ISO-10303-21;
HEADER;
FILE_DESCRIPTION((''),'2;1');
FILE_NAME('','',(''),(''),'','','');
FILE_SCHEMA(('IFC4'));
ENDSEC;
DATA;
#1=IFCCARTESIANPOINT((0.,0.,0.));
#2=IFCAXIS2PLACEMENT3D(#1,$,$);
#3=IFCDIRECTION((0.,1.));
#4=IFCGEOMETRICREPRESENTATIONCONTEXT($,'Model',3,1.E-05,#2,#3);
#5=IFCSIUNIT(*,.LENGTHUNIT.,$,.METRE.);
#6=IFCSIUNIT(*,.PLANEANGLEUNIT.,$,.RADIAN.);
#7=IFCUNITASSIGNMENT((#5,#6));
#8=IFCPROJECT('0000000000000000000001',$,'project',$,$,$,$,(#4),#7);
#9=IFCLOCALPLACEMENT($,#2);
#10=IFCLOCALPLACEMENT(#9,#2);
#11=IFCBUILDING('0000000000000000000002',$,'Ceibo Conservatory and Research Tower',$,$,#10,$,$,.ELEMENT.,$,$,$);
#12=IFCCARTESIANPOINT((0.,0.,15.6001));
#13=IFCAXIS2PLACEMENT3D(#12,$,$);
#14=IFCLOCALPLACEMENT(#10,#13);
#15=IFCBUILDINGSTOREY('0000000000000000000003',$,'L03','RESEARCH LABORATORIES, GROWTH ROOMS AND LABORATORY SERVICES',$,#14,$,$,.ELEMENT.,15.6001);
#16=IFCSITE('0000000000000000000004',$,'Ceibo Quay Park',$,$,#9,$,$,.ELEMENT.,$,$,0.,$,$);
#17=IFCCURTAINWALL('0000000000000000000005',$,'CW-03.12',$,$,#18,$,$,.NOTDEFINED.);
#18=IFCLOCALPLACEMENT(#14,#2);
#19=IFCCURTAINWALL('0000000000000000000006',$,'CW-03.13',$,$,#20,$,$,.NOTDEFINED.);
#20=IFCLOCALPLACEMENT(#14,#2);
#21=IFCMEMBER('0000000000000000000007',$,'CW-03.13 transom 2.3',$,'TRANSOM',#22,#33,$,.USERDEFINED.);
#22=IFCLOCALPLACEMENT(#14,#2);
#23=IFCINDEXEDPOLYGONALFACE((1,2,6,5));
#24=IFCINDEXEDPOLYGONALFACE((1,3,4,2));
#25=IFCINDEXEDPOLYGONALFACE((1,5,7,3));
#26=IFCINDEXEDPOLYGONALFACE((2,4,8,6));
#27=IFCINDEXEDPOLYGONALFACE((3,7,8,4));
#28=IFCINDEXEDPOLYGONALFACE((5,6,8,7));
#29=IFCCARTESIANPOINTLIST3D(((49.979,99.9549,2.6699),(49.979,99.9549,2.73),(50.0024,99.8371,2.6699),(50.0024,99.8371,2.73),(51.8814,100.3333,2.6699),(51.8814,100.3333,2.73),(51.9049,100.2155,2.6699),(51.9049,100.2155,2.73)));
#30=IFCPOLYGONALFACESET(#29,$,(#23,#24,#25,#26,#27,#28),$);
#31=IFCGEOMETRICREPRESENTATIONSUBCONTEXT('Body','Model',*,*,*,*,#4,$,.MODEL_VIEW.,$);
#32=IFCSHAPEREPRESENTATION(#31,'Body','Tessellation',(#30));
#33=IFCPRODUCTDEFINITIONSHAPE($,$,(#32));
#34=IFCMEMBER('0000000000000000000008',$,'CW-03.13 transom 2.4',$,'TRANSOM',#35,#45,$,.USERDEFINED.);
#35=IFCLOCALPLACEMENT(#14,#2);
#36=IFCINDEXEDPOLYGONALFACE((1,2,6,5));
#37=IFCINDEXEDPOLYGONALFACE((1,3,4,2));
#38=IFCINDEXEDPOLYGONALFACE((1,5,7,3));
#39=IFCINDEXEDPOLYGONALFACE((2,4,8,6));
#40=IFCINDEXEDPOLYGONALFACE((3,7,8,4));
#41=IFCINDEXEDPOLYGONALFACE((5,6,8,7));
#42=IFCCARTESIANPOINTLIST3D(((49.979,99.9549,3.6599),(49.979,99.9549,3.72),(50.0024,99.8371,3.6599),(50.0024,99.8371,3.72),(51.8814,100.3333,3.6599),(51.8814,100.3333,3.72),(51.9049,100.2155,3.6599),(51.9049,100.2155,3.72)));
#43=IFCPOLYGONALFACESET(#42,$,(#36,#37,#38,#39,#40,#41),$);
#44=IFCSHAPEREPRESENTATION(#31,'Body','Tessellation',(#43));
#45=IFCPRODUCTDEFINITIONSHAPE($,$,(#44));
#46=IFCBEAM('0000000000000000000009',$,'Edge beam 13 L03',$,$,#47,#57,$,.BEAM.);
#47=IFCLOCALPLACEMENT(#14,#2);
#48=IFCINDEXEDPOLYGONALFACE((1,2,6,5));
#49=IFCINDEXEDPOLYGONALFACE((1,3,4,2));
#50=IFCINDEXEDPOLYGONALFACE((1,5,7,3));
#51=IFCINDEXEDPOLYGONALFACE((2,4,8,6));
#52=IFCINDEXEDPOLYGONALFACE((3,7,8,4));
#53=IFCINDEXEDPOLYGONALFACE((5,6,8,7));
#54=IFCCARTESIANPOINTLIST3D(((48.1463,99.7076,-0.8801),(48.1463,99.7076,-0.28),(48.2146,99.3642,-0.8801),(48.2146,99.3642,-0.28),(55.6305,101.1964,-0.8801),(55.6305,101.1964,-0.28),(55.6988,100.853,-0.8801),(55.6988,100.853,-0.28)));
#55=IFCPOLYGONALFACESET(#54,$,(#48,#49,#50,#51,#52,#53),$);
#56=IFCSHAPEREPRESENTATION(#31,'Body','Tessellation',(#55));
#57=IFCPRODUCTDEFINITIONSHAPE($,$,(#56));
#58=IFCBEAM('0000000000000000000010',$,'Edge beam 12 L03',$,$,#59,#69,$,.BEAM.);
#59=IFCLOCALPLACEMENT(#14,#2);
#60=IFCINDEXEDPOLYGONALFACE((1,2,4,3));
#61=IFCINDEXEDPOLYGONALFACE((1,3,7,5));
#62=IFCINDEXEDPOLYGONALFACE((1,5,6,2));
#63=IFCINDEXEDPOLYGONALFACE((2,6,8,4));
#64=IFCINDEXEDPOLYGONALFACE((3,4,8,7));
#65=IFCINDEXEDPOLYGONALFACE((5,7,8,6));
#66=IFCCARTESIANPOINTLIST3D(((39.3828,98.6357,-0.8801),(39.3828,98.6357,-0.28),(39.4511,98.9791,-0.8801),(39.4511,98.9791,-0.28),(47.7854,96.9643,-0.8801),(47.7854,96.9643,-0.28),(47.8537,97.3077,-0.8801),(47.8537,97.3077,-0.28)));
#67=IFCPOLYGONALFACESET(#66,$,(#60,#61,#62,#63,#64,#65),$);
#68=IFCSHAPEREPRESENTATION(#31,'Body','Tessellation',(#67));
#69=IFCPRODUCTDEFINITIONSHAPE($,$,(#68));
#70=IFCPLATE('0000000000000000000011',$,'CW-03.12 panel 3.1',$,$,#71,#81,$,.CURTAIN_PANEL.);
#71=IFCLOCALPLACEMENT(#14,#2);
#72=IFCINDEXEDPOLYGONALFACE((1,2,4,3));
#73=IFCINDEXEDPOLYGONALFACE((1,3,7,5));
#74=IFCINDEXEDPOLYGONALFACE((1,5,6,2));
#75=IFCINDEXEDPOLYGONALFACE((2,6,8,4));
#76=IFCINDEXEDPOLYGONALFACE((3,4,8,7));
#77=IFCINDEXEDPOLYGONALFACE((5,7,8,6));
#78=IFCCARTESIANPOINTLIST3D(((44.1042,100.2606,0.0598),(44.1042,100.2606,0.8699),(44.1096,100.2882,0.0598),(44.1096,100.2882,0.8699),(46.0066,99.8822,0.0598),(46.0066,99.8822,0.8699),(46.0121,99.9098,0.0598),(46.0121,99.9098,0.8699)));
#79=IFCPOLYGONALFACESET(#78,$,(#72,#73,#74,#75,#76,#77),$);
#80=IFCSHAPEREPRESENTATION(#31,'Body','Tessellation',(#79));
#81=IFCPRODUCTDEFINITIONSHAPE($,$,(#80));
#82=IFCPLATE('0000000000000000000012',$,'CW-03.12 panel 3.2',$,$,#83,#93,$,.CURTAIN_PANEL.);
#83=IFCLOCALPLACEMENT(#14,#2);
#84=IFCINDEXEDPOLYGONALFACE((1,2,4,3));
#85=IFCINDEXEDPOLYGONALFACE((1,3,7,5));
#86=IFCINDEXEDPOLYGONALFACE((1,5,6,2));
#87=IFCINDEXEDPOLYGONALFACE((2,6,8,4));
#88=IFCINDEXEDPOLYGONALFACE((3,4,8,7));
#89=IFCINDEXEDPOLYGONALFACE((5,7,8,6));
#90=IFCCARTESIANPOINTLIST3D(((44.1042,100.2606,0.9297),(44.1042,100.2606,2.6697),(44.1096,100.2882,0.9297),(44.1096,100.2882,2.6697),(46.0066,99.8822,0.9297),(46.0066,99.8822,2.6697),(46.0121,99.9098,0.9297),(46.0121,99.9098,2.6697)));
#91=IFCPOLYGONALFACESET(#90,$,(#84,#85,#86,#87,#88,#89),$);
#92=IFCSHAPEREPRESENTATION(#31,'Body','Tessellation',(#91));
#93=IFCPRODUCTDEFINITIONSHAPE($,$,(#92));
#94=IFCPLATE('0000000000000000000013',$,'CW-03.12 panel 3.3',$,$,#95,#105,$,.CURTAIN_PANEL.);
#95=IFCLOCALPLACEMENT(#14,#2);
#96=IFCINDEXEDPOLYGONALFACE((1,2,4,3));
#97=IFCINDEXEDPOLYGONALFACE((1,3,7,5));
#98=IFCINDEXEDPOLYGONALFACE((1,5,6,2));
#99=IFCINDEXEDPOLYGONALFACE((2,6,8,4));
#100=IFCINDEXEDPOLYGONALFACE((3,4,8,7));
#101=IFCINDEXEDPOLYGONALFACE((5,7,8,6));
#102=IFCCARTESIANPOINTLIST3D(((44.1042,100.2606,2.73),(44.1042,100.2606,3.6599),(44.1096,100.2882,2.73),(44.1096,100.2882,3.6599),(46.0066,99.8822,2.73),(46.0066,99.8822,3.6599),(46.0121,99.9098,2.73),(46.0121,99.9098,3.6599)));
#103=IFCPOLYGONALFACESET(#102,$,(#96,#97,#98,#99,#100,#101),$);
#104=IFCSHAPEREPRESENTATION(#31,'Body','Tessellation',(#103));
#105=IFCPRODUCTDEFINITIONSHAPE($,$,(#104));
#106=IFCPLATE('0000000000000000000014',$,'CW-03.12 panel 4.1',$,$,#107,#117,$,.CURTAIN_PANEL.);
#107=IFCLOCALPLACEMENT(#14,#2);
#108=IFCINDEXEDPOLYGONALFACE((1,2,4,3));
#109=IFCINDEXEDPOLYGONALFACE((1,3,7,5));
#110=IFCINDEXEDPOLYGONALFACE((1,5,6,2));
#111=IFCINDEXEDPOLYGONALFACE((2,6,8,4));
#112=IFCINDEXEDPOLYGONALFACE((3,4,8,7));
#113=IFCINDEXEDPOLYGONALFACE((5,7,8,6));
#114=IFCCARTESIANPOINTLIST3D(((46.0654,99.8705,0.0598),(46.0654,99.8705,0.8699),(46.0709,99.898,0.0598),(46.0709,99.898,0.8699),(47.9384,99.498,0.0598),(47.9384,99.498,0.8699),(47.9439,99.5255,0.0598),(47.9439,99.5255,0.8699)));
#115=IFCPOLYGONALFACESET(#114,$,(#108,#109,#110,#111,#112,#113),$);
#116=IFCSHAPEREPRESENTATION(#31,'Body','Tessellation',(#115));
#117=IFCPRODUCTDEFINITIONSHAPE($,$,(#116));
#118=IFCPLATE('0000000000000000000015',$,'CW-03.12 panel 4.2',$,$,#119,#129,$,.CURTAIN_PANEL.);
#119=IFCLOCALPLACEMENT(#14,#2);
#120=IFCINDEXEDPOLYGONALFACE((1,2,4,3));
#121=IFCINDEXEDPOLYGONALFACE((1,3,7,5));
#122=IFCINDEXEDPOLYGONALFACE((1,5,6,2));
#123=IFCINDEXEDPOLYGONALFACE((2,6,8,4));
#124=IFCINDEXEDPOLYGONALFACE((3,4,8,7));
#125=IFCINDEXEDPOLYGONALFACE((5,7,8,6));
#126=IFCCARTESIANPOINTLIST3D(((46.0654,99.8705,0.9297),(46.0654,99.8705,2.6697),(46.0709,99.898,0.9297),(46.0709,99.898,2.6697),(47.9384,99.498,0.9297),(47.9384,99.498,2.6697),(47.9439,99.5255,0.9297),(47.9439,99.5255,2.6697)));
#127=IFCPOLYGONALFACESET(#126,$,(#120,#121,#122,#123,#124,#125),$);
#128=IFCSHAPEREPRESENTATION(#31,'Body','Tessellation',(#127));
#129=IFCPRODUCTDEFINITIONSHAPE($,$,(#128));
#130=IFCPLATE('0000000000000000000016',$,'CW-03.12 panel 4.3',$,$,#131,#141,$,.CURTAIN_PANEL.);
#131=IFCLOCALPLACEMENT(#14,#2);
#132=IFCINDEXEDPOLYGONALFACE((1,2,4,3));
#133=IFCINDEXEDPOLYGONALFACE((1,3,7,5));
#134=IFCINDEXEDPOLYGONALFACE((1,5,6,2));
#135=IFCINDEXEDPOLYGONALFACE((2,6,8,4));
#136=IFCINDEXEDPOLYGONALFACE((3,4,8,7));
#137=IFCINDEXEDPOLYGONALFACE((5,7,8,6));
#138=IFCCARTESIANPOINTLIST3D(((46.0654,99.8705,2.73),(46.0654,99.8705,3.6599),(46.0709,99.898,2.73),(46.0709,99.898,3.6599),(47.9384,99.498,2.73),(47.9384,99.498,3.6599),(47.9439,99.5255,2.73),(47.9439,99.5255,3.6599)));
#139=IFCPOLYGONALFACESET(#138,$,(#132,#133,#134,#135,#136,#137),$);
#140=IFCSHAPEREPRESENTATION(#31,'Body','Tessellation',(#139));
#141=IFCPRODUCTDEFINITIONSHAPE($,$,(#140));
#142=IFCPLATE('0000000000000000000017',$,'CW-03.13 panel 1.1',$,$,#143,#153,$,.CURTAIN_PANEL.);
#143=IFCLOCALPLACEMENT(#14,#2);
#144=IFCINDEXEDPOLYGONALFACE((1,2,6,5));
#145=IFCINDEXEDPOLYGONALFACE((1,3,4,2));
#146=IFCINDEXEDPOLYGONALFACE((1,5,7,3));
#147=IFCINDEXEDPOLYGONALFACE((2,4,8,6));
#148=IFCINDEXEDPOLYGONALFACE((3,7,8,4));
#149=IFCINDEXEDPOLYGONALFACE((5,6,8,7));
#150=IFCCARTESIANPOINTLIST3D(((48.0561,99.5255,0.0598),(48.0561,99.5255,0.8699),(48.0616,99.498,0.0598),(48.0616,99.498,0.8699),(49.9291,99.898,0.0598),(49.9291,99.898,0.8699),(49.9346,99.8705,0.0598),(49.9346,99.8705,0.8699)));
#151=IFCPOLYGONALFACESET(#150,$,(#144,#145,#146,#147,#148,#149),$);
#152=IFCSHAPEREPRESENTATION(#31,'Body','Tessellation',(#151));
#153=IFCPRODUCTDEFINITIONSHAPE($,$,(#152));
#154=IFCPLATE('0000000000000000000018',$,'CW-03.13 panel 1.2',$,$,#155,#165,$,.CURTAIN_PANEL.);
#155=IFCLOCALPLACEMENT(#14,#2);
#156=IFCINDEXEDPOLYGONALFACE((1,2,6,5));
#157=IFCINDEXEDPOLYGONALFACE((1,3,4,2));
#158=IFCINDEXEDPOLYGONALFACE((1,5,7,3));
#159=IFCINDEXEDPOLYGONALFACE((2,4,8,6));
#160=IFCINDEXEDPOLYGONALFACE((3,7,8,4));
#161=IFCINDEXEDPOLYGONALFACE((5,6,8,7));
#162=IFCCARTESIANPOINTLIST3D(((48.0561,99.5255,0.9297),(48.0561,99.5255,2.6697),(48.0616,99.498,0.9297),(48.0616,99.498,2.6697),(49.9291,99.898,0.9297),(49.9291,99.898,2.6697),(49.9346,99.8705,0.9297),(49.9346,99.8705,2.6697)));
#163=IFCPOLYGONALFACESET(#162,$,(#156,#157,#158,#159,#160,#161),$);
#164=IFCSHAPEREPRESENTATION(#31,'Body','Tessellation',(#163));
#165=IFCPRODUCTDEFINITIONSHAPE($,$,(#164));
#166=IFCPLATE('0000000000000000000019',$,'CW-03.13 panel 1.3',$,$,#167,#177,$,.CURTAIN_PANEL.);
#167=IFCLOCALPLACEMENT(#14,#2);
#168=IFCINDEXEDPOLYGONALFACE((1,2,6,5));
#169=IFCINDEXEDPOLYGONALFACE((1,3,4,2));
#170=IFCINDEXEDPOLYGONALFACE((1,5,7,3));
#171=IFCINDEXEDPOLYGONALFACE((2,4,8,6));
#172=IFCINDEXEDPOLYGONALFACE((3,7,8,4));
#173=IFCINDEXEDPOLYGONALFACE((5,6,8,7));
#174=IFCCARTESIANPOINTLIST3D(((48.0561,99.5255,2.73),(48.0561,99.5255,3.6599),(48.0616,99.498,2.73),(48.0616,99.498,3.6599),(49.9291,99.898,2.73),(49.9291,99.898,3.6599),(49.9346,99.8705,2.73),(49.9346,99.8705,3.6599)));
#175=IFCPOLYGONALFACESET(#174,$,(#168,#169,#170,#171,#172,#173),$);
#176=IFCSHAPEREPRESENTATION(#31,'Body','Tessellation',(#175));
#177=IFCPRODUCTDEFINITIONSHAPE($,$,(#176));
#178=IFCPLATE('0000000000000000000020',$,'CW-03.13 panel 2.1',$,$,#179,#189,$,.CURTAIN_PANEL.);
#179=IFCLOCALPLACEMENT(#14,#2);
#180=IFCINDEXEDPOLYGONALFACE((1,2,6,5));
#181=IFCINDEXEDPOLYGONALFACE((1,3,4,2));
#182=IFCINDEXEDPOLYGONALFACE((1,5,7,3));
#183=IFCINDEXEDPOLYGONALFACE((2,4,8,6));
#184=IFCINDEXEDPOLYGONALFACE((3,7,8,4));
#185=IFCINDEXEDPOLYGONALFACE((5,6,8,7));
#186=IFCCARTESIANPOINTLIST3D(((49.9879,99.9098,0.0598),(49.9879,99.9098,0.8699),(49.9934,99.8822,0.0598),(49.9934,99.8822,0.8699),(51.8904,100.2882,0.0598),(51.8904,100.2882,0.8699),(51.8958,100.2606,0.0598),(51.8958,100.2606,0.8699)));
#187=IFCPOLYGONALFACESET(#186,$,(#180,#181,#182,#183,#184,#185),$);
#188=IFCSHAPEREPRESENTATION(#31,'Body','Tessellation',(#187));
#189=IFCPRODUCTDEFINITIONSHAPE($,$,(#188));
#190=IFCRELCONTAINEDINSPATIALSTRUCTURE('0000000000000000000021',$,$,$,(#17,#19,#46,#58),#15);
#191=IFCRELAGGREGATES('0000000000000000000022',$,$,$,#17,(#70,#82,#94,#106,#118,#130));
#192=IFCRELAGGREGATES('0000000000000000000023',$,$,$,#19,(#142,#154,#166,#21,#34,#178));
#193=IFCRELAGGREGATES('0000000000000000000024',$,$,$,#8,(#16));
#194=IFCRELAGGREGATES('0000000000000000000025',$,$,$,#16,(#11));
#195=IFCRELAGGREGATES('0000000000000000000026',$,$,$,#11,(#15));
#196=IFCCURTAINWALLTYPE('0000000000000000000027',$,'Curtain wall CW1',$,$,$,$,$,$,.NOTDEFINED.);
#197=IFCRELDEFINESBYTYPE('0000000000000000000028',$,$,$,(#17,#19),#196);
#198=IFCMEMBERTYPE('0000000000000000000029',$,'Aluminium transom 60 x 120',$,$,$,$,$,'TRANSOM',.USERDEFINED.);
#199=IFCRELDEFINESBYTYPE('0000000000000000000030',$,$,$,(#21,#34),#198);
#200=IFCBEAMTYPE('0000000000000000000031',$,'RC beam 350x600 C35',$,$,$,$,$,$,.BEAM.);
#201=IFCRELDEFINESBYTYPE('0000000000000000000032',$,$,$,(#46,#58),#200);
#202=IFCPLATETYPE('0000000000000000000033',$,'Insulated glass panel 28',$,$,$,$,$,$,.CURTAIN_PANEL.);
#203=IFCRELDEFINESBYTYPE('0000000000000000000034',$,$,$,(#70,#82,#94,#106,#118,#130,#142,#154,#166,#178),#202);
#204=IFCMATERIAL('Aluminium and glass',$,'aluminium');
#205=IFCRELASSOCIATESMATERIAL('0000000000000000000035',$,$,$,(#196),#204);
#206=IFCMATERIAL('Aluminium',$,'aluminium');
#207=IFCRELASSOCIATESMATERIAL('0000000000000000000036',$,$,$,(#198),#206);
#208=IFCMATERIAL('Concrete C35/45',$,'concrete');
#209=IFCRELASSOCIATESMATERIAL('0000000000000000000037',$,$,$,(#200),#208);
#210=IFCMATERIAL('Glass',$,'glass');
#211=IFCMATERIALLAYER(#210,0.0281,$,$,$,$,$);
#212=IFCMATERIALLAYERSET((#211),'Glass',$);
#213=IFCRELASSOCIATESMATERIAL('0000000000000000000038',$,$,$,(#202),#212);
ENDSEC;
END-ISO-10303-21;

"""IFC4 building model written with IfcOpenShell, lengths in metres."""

from ifc_helpers import new_model, si_unit, direction, frame, origin, origin_2d, place, context, subcontext, project, spatial, rectangle, extrude, material, layer, layer_set, material_profile, profile_set, type_object, element, aggregate, save


model = new_model("IFC4")

# Units and contexts
model_context = context("Model", 3, precision=1e-05, world=origin(), true_north=direction((0.0, 1.0)))
body_context = subcontext(model_context, "Body", "Model", "MODEL_VIEW")
ifc_project = project(units=[si_unit("LENGTHUNIT", "METRE"), si_unit("PLANEANGLEUNIT", "RADIAN")], contexts=[model_context])

# Site, building, storey
site_placement = place(None, origin())
site = spatial("IfcSite", under=ifc_project, at=site_placement, Name="Ceibo Quay Park", CompositionType="ELEMENT", RefElevation=0.0)
building_placement = place(site_placement, origin())
building = spatial("IfcBuilding", under=site, at=building_placement, Name="Ceibo Conservatory and Research Tower", CompositionType="ELEMENT")
storey_placement = place(building_placement, frame((0.0, 0.0, 15.6001)))
storey = spatial("IfcBuildingStorey", under=building, at=storey_placement, Name="L03", Description="RESEARCH LABORATORIES, GROWTH ROOMS AND LABORATORY SERVICES", CompositionType="ELEMENT", Elevation=15.6001)

# Curtain walls
ifc_material_1 = material(Name="Aluminium and glass", Category="aluminium")
curtain_wall_type = type_object("IfcCurtainWallType", Name="Curtain wall CW1", PredefinedType="NOTDEFINED", material=ifc_material_1)
curtain_wall_1_placement = place(storey_placement, origin())
curtain_wall_1 = element("IfcCurtainWall", 1, at=curtain_wall_1_placement, inside=storey, type_object=curtain_wall_type, Name="CW-03.12", PredefinedType="NOTDEFINED")
ifc_material_2 = material(Name="Aluminium", Category="aluminium")
curtain_wall_2_placement = place(storey_placement, origin())
curtain_wall_2 = element("IfcCurtainWall", 2, at=curtain_wall_2_placement, inside=storey, type_object=curtain_wall_type, Name="CW-03.13", PredefinedType="NOTDEFINED")

# Members
ifc_material_profile_1 = material_profile(ifc_material_2, rectangle(XDim=0.1201, YDim=0.0601, at=origin_2d()), Name="Aluminium 60 x 120")
ifc_profile_set_1 = profile_set([ifc_material_profile_1], Name="Aluminium")
member_type_1 = type_object("IfcMemberType", Name="Aluminium transom 60 x 120", ElementType="TRANSOM", PredefinedType="USERDEFINED", material=ifc_profile_set_1)
member_1_placement = place(storey_placement, frame((49.9907, 99.896, 2.7), z_axis=(0.980783, 0.195099, 0.0), x_axis=(-0.195099, 0.980783, 0.0)))
member_1 = element("IfcMember", 3, at=member_1_placement, type_object=member_type_1, Name="CW-03.13 transom 2.3", ObjectType="TRANSOM", PredefinedType="USERDEFINED", context=body_context, shape_type="SweptSolid", body=[
    extrude(rectangle(XDim=0.1201, YDim=0.0601, at=origin_2d()), origin(), (0.0, 0.0, 1.0), 1.9397),
])
member_2_placement = place(storey_placement, frame((49.9907, 99.896, 3.6899), z_axis=(0.980783, 0.195099, 0.0), x_axis=(-0.195099, 0.980783, 0.0)))
member_2 = element("IfcMember", 4, at=member_2_placement, type_object=member_type_1, Name="CW-03.13 transom 2.4", ObjectType="TRANSOM", PredefinedType="USERDEFINED", context=body_context, shape_type="SweptSolid", body=[
    extrude(rectangle(XDim=0.1201, YDim=0.0601, at=origin_2d()), origin(), (0.0, 0.0, 1.0), 1.9397),
])

# Beams
ifc_material_3 = material(Name="Concrete C35/45", Category="concrete")
ifc_material_profile_2 = material_profile(ifc_material_3, rectangle(XDim=0.3501, YDim=0.6001, at=origin_2d()), Name="RC 350x600")
ifc_profile_set_2 = profile_set([ifc_material_profile_2], Name="Concrete C35/45")
beam_type = type_object("IfcBeamType", Name="RC beam 350x600 C35", PredefinedType="BEAM", material=ifc_profile_set_2)
beam_1_placement = place(storey_placement, frame((48.1804, 99.5359, -0.5801), z_axis=(0.980783, 0.195101, 0.0), x_axis=(-0.195101, 0.980783, 0.0)))
element("IfcBeam", 5, at=beam_1_placement, inside=storey, type_object=beam_type, Name="Edge beam 13 L03", PredefinedType="BEAM", context=body_context, shape_type="SweptSolid", body=[
    extrude(rectangle(XDim=0.3501, YDim=0.6001, at=origin_2d()), origin(), (0.0, 0.0, 1.0), 7.6309),
])
beam_2_placement = place(storey_placement, frame((39.417, 98.8074, -0.5801), z_axis=(0.980785, -0.195091, 0.0), x_axis=(0.195091, 0.980785, 0.0)))
element("IfcBeam", 6, at=beam_2_placement, inside=storey, type_object=beam_type, Name="Edge beam 12 L03", PredefinedType="BEAM", context=body_context, shape_type="SweptSolid", body=[
    extrude(rectangle(XDim=0.3501, YDim=0.6001, at=origin_2d()), origin(), (0.0, 0.0, 1.0), 8.5671),
])

# Plates
ifc_material_4 = material(Name="Glass", Category="glass")
ifc_layer_1 = layer(ifc_material_4, 0.0281)
ifc_layer_set_1 = layer_set([ifc_layer_1], Name="Glass")
plate_type = type_object("IfcPlateType", Name="Insulated glass panel 28", PredefinedType="CURTAIN_PANEL", material=ifc_layer_set_1)
plate_1_placement = place(storey_placement, frame((45.0581, 100.0852, 0.0598), z_axis=(0.0, 0.0, 1.0), x_axis=(0.980785, -0.19509, 0.0)))
plate_1 = element("IfcPlate", 7, at=plate_1_placement, type_object=plate_type, Name="CW-03.12 panel 3.1", PredefinedType="CURTAIN_PANEL", context=body_context, shape_type="SweptSolid", body=[
    extrude(rectangle(XDim=1.9397, YDim=0.0281, at=origin_2d()), origin(), (0.0, 0.0, 1.0), 0.8101),
])
plate_2_placement = place(storey_placement, frame((45.0581, 100.0852, 0.9297), z_axis=(0.0, 0.0, 1.0), x_axis=(0.980785, -0.19509, 0.0)))
plate_2 = element("IfcPlate", 8, at=plate_2_placement, type_object=plate_type, Name="CW-03.12 panel 3.2", PredefinedType="CURTAIN_PANEL", context=body_context, shape_type="SweptSolid", body=[
    extrude(rectangle(XDim=1.9397, YDim=0.0281, at=origin_2d()), origin(), (0.0, 0.0, 1.0), 1.74),
])
plate_3_placement = place(storey_placement, frame((45.0581, 100.0852, 2.73), z_axis=(0.0, 0.0, 1.0), x_axis=(0.980785, -0.19509, 0.0)))
plate_3 = element("IfcPlate", 9, at=plate_3_placement, type_object=plate_type, Name="CW-03.12 panel 3.3", PredefinedType="CURTAIN_PANEL", context=body_context, shape_type="SweptSolid", body=[
    extrude(rectangle(XDim=1.9397, YDim=0.0281, at=origin_2d()), origin(), (0.0, 0.0, 1.0), 0.9299),
])
plate_4_placement = place(storey_placement, frame((47.0046, 99.698, 0.0598), z_axis=(0.0, 0.0, 1.0), x_axis=(0.980785, -0.19509, 0.0)))
plate_4 = element("IfcPlate", 10, at=plate_4_placement, type_object=plate_type, Name="CW-03.12 panel 4.1", PredefinedType="CURTAIN_PANEL", context=body_context, shape_type="SweptSolid", body=[
    extrude(rectangle(XDim=1.9097, YDim=0.0281, at=origin_2d()), origin(), (0.0, 0.0, 1.0), 0.8101),
])
plate_5_placement = place(storey_placement, frame((47.0046, 99.698, 0.9297), z_axis=(0.0, 0.0, 1.0), x_axis=(0.980785, -0.19509, 0.0)))
plate_5 = element("IfcPlate", 11, at=plate_5_placement, type_object=plate_type, Name="CW-03.12 panel 4.2", PredefinedType="CURTAIN_PANEL", context=body_context, shape_type="SweptSolid", body=[
    extrude(rectangle(XDim=1.9097, YDim=0.0281, at=origin_2d()), origin(), (0.0, 0.0, 1.0), 1.74),
])
plate_6_placement = place(storey_placement, frame((47.0046, 99.698, 2.73), z_axis=(0.0, 0.0, 1.0), x_axis=(0.980785, -0.19509, 0.0)))
plate_6 = element("IfcPlate", 12, at=plate_6_placement, type_object=plate_type, Name="CW-03.12 panel 4.3", PredefinedType="CURTAIN_PANEL", context=body_context, shape_type="SweptSolid", body=[
    extrude(rectangle(XDim=1.9097, YDim=0.0281, at=origin_2d()), origin(), (0.0, 0.0, 1.0), 0.9299),
])
aggregate(curtain_wall_1, [plate_1, plate_2, plate_3, plate_4, plate_5, plate_6])
plate_7_placement = place(storey_placement, frame((48.9954, 99.698, 0.0598), z_axis=(0.0, 0.0, 1.0), x_axis=(0.980785, 0.19509, 0.0)))
plate_7 = element("IfcPlate", 13, at=plate_7_placement, type_object=plate_type, Name="CW-03.13 panel 1.1", PredefinedType="CURTAIN_PANEL", context=body_context, shape_type="SweptSolid", body=[
    extrude(rectangle(XDim=1.9097, YDim=0.0281, at=origin_2d()), origin(), (0.0, 0.0, 1.0), 0.8101),
])
plate_8_placement = place(storey_placement, frame((48.9954, 99.698, 0.9297), z_axis=(0.0, 0.0, 1.0), x_axis=(0.980785, 0.19509, 0.0)))
plate_8 = element("IfcPlate", 14, at=plate_8_placement, type_object=plate_type, Name="CW-03.13 panel 1.2", PredefinedType="CURTAIN_PANEL", context=body_context, shape_type="SweptSolid", body=[
    extrude(rectangle(XDim=1.9097, YDim=0.0281, at=origin_2d()), origin(), (0.0, 0.0, 1.0), 1.74),
])
plate_9_placement = place(storey_placement, frame((48.9954, 99.698, 2.73), z_axis=(0.0, 0.0, 1.0), x_axis=(0.980785, 0.19509, 0.0)))
plate_9 = element("IfcPlate", 15, at=plate_9_placement, type_object=plate_type, Name="CW-03.13 panel 1.3", PredefinedType="CURTAIN_PANEL", context=body_context, shape_type="SweptSolid", body=[
    extrude(rectangle(XDim=1.9097, YDim=0.0281, at=origin_2d()), origin(), (0.0, 0.0, 1.0), 0.9299),
])
plate_10_placement = place(storey_placement, frame((50.9419, 100.0852, 0.0598), z_axis=(0.0, 0.0, 1.0), x_axis=(0.980785, 0.19509, 0.0)))
plate_10 = element("IfcPlate", 16, at=plate_10_placement, type_object=plate_type, Name="CW-03.13 panel 2.1", PredefinedType="CURTAIN_PANEL", context=body_context, shape_type="SweptSolid", body=[
    extrude(rectangle(XDim=1.9397, YDim=0.0281, at=origin_2d()), origin(), (0.0, 0.0, 1.0), 0.8101),
])
aggregate(curtain_wall_2, [plate_7, plate_8, plate_9, member_1, member_2, plate_10])

save(model, "model.ifc")
